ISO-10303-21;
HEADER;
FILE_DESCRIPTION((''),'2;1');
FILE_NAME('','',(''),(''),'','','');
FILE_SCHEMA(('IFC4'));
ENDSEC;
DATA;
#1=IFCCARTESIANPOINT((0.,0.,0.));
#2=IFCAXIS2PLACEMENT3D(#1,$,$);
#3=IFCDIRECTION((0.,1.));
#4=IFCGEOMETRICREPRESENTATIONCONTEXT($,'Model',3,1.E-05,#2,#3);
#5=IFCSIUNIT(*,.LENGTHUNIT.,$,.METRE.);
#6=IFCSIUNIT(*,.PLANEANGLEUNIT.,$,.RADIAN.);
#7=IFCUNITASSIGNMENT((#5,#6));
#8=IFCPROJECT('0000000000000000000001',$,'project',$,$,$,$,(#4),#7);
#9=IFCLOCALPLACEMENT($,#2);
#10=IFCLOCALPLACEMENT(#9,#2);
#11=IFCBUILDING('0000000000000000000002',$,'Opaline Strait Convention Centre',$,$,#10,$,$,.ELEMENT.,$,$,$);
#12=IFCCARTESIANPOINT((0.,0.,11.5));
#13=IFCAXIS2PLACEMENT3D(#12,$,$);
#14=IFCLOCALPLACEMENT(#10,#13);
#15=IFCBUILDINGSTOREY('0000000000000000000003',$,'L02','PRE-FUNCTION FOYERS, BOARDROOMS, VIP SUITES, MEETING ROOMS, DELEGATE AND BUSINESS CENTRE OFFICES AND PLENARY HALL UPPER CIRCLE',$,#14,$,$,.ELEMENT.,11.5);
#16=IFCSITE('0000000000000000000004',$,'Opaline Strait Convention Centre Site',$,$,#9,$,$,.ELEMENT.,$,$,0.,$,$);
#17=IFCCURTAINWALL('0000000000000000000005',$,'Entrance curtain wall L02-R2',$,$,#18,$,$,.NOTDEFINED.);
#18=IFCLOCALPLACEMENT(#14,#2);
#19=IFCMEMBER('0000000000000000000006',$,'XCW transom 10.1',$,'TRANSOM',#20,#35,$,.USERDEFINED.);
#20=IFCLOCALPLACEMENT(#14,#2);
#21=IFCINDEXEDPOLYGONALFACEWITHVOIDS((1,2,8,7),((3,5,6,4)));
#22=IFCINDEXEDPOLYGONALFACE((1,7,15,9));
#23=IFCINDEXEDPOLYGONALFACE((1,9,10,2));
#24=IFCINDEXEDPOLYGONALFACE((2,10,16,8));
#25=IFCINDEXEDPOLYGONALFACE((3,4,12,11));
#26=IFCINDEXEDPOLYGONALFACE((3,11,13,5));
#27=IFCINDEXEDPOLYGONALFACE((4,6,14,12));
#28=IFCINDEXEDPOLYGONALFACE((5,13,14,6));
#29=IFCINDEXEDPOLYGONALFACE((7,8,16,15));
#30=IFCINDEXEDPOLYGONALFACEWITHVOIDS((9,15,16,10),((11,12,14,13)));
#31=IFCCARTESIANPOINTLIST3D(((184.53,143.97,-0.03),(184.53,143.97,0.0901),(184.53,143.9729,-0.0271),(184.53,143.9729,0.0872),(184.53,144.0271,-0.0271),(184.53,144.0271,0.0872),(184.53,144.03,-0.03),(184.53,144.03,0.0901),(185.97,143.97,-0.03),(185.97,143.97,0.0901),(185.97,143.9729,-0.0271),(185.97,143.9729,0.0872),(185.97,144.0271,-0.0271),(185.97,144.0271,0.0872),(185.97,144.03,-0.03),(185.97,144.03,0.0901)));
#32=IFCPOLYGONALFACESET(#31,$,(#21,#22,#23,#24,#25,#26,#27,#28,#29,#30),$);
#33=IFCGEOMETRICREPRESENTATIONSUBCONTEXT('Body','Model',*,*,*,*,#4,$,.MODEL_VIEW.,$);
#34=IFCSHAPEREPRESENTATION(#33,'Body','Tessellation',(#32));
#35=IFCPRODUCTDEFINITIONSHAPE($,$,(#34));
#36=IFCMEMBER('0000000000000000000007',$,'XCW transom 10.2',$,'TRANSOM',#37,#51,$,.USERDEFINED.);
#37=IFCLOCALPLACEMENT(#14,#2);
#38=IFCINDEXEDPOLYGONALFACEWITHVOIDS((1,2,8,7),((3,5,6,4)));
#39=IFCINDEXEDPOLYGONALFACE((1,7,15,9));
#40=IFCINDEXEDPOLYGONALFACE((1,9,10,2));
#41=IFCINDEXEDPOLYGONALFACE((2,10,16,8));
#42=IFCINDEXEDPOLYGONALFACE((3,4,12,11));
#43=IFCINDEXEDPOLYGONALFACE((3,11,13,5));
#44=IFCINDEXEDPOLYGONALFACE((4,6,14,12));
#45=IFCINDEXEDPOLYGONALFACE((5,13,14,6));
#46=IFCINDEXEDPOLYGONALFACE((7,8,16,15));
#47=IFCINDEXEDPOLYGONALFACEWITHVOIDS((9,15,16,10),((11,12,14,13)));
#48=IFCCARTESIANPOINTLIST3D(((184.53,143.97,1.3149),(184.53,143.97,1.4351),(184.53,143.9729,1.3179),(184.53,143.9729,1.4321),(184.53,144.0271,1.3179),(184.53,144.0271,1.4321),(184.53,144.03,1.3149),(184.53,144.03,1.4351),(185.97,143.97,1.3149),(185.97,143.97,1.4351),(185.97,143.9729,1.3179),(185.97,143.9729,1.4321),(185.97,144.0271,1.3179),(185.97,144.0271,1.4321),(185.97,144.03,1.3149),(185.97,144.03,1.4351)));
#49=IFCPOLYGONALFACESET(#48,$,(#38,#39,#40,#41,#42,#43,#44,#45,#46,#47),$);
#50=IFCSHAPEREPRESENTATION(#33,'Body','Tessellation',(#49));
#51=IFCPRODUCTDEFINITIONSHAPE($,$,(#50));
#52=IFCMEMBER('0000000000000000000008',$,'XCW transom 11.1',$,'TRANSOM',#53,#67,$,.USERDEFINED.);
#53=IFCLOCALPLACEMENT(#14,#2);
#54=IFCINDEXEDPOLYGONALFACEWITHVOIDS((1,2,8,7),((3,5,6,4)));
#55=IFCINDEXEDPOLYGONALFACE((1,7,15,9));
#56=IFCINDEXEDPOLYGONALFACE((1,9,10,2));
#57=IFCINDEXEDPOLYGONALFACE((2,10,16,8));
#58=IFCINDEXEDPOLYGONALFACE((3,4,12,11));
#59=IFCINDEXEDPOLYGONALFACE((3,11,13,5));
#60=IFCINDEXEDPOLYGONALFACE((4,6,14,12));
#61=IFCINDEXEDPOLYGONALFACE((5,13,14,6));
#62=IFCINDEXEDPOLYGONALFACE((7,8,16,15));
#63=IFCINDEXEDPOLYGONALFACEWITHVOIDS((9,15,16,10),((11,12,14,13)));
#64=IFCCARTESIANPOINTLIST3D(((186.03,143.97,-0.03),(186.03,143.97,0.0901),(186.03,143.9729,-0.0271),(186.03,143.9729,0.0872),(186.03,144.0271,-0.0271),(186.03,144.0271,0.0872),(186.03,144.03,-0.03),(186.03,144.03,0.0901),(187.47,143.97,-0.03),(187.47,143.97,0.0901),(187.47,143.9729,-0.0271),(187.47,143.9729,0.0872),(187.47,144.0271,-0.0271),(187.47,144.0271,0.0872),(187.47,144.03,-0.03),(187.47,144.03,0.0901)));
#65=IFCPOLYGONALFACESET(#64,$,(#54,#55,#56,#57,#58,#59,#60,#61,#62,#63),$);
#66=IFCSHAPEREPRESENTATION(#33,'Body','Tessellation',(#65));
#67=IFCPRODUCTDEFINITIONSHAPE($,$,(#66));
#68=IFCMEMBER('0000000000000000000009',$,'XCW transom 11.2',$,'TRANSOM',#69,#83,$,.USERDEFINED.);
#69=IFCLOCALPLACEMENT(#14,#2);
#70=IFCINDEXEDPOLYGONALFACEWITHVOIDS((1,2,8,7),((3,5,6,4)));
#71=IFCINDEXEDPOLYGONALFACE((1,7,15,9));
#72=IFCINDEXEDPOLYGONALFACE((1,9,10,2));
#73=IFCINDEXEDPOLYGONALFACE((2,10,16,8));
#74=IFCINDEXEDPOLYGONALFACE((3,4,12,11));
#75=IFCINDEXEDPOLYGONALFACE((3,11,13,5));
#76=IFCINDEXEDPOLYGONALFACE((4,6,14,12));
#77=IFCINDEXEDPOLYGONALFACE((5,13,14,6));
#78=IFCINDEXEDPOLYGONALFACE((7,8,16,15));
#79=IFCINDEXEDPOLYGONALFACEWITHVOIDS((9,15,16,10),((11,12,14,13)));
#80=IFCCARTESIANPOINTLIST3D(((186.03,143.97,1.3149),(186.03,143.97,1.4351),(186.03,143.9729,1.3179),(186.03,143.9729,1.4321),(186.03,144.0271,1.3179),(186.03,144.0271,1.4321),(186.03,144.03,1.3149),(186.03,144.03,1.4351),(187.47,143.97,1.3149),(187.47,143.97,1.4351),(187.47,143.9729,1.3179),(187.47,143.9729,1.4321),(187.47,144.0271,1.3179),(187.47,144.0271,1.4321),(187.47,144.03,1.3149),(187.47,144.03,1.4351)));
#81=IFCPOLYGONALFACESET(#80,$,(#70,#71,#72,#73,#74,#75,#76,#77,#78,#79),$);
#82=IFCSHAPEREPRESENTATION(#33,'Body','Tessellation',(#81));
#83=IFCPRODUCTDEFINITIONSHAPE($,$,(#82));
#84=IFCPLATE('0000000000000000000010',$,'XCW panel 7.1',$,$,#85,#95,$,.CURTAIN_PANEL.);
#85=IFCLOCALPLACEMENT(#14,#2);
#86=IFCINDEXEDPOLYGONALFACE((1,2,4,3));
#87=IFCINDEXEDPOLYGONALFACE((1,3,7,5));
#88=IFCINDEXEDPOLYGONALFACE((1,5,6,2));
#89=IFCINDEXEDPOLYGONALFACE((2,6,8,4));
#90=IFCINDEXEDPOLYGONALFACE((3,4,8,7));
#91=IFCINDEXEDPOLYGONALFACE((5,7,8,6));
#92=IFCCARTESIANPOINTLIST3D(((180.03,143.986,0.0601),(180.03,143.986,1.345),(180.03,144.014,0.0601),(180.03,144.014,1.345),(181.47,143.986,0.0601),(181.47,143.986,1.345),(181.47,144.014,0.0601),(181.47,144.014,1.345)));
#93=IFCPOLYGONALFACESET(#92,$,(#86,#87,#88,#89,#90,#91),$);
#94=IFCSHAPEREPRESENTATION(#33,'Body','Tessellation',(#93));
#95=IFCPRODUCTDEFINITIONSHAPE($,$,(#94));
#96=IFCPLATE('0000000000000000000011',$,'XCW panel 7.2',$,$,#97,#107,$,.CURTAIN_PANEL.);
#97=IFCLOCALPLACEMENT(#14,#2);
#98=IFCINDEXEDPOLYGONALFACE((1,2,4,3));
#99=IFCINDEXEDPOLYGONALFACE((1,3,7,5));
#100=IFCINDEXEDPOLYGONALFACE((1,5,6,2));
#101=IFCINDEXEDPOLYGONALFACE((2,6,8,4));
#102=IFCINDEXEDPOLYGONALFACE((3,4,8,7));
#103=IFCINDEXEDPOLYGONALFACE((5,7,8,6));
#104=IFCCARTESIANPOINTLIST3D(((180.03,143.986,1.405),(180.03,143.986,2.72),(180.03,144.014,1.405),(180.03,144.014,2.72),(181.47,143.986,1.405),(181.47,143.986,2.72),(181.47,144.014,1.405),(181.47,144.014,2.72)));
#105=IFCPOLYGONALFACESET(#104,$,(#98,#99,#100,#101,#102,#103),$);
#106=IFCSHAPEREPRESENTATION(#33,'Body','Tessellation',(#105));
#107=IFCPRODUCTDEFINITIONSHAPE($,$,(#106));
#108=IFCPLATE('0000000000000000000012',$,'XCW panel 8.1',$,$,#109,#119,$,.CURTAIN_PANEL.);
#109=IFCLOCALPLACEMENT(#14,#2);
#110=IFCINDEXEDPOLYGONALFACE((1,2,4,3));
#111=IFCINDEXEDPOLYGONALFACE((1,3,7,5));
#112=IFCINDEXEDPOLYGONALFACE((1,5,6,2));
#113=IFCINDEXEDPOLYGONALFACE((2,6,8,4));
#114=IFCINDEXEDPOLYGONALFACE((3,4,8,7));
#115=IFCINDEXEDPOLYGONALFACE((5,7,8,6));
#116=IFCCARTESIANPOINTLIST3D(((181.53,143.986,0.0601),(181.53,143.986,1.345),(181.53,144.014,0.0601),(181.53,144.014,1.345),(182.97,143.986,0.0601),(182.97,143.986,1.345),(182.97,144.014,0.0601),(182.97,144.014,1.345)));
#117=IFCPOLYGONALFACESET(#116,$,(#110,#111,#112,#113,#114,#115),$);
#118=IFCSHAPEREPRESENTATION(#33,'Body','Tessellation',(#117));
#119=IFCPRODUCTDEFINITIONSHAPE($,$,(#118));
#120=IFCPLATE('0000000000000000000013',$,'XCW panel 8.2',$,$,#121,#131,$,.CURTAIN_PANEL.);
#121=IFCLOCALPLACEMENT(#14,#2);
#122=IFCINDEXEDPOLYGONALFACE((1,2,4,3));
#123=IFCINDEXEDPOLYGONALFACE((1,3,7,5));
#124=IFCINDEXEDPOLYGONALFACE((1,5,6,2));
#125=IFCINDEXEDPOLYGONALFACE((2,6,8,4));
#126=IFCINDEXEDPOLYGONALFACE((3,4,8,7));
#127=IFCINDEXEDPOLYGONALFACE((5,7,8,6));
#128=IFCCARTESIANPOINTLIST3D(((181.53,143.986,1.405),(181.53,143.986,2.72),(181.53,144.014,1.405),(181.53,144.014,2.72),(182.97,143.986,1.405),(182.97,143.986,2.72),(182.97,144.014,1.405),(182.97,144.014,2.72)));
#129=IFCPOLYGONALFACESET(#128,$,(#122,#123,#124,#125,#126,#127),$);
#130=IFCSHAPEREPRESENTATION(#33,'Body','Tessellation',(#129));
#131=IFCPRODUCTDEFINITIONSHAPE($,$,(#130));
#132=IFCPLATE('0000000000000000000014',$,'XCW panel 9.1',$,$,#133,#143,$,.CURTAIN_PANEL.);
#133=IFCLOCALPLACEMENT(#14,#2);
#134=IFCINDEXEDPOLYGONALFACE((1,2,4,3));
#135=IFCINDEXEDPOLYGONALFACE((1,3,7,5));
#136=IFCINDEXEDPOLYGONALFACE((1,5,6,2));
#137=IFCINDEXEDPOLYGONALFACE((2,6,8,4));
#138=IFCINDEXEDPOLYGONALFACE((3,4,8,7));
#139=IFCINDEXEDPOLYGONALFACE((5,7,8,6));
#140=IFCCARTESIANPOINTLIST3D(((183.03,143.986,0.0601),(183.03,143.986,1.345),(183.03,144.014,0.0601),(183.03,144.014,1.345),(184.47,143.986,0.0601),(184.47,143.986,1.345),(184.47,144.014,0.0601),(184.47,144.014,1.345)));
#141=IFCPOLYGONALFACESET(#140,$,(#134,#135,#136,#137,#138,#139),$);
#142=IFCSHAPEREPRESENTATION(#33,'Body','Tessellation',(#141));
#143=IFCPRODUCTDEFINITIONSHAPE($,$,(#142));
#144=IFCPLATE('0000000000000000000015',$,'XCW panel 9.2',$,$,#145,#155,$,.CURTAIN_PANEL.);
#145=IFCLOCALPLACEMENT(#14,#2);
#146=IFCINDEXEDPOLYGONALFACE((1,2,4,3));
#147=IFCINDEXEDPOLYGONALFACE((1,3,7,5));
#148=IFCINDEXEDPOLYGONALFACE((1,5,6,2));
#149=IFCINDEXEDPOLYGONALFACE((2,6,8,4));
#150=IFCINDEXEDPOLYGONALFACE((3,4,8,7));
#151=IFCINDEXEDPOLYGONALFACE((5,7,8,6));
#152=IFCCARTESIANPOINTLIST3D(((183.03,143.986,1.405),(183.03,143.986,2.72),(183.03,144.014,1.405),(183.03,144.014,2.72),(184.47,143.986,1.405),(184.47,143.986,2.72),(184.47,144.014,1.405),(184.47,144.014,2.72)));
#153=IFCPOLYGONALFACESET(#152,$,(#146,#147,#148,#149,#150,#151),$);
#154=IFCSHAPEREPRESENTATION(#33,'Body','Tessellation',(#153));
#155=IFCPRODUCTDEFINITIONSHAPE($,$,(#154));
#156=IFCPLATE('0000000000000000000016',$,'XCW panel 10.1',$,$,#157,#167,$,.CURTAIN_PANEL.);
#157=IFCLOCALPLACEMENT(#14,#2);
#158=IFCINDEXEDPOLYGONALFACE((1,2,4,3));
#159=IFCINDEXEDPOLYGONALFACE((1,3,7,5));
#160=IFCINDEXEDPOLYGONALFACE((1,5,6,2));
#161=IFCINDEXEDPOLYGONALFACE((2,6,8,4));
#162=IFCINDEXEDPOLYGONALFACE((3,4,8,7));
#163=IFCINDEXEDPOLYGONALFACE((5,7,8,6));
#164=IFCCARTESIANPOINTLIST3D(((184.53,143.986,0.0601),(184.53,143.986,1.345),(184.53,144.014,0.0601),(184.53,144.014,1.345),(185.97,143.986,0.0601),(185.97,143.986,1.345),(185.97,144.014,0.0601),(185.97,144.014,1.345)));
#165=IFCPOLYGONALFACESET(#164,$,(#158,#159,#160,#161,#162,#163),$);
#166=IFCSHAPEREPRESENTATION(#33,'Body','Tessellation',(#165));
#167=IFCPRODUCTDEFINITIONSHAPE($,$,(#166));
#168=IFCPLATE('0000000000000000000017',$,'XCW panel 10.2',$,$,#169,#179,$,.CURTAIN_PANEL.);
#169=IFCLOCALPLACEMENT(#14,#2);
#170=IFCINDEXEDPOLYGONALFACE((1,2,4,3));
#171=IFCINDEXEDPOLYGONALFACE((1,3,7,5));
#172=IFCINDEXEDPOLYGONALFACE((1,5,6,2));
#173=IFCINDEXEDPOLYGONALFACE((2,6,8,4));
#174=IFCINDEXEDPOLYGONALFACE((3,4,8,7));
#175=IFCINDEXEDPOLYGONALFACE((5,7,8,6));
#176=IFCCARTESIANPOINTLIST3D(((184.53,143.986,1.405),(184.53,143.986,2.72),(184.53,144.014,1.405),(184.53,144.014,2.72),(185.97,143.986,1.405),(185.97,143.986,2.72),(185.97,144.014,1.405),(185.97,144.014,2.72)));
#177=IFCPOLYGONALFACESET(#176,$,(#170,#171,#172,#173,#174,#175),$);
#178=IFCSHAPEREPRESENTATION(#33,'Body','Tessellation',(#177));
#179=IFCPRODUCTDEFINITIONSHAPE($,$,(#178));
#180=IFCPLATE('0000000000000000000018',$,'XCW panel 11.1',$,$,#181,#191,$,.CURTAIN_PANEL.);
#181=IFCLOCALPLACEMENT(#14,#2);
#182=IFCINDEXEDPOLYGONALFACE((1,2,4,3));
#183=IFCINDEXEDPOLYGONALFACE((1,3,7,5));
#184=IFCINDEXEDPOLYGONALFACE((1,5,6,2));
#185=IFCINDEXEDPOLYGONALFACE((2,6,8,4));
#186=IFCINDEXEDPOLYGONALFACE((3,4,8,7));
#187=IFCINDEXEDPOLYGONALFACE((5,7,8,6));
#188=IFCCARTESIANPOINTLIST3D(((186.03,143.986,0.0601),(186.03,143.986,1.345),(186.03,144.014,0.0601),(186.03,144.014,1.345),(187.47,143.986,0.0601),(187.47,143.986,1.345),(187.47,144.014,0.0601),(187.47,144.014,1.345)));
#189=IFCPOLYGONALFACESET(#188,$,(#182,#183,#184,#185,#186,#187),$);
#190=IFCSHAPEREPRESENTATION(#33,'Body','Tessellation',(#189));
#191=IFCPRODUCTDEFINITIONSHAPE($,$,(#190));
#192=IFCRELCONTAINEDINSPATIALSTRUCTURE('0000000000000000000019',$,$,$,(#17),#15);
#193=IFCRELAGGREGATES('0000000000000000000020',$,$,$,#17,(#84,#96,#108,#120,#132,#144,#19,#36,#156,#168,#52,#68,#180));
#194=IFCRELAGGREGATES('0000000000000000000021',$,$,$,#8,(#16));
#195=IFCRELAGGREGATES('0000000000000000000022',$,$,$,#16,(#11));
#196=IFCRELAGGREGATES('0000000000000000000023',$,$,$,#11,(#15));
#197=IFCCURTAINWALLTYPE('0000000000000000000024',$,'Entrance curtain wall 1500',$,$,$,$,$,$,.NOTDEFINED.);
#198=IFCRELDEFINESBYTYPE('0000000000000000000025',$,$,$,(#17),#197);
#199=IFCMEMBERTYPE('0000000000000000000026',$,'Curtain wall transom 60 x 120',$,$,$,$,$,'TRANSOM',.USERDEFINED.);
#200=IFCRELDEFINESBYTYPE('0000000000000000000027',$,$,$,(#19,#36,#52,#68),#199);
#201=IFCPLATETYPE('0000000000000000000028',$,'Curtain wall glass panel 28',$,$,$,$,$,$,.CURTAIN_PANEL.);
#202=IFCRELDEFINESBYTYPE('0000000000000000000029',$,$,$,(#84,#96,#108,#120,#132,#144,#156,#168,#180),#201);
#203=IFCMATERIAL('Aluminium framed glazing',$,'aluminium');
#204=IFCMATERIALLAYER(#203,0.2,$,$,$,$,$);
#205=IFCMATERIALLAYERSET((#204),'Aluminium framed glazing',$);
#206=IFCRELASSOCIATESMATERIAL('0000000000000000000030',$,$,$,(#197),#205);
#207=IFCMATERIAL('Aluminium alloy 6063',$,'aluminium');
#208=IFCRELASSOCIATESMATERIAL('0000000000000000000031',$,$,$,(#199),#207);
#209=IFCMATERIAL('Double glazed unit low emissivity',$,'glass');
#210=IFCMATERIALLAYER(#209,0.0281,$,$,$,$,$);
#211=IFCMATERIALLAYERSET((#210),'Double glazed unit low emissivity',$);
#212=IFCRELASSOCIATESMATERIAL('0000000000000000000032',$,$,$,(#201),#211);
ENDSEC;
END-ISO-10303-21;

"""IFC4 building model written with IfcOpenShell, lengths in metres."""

from ifc_helpers import new_model, si_unit, direction, frame, origin, origin_2d, place, context, subcontext, project, spatial, rectangle, hollow_rectangle, extrude, material, layer, layer_set, material_profile, profile_set, type_object, element, aggregate, save


model = new_model("IFC4")

# Units and contexts
model_context = context("Model", 3, precision=1e-05, world=origin(), true_north=direction((0.0, 1.0)))
body_context = subcontext(model_context, "Body", "Model", "MODEL_VIEW")
ifc_project = project(units=[si_unit("LENGTHUNIT", "METRE"), si_unit("PLANEANGLEUNIT", "RADIAN")], contexts=[model_context])

# Site, building, storey
site_placement = place(None, origin())
site = spatial("IfcSite", under=ifc_project, at=site_placement, Name="Opaline Strait Convention Centre Site", CompositionType="ELEMENT", RefElevation=0.0)
building_placement = place(site_placement, origin())
building = spatial("IfcBuilding", under=site, at=building_placement, Name="Opaline Strait Convention Centre", CompositionType="ELEMENT")
storey_placement = place(building_placement, frame((0.0, 0.0, 11.5)))
storey = spatial("IfcBuildingStorey", under=building, at=storey_placement, Name="L02", Description="PRE-FUNCTION FOYERS, BOARDROOMS, VIP SUITES, MEETING ROOMS, DELEGATE AND BUSINESS CENTRE OFFICES AND PLENARY HALL UPPER CIRCLE", CompositionType="ELEMENT", Elevation=11.5)

# Curtain wall, members, plates
ifc_material_1 = material(Name="Aluminium framed glazing", Category="aluminium")
ifc_layer_1 = layer(ifc_material_1, 0.2)
ifc_layer_set_1 = layer_set([ifc_layer_1], Name="Aluminium framed glazing")
curtain_wall_type = type_object("IfcCurtainWallType", Name="Entrance curtain wall 1500", PredefinedType="NOTDEFINED", material=ifc_layer_set_1)
curtain_wall_placement = place(storey_placement, origin())
curtain_wall = element("IfcCurtainWall", 1, at=curtain_wall_placement, inside=storey, type_object=curtain_wall_type, Name="Entrance curtain wall L02-R2", PredefinedType="NOTDEFINED")
ifc_material_2 = material(Name="Aluminium alloy 6063", Category="aluminium")
ifc_material_profile_1 = material_profile(ifc_material_2, hollow_rectangle(XDim=0.0601, YDim=0.1201, WallThickness=0.0029, at=origin_2d()), Name="TRANSOM 60x120x3")
ifc_profile_set_1 = profile_set([ifc_material_profile_1], Name="Aluminium alloy 6063")
member_type_1 = type_object("IfcMemberType", Name="Curtain wall transom 60 x 120", ElementType="TRANSOM", PredefinedType="USERDEFINED", material=ifc_profile_set_1)
member_1_placement = place(storey_placement, frame((184.53, 144.0, 0.03), z_axis=(1.0, 0.0, 0.0), x_axis=(0.0, 1.0, 0.0)))
member_1 = element("IfcMember", 2, at=member_1_placement, type_object=member_type_1, Name="XCW transom 10.1", ObjectType="TRANSOM", PredefinedType="USERDEFINED", context=body_context, shape_type="SweptSolid", body=[
    extrude(hollow_rectangle(XDim=0.0601, YDim=0.1201, WallThickness=0.0029, at=origin_2d()), origin(), (0.0, 0.0, 1.0), 1.4399),
])
member_2_placement = place(storey_placement, frame((184.53, 144.0, 1.375), z_axis=(1.0, 0.0, 0.0), x_axis=(0.0, 1.0, 0.0)))
member_2 = element("IfcMember", 3, at=member_2_placement, type_object=member_type_1, Name="XCW transom 10.2", ObjectType="TRANSOM", PredefinedType="USERDEFINED", context=body_context, shape_type="SweptSolid", body=[
    extrude(hollow_rectangle(XDim=0.0601, YDim=0.1201, WallThickness=0.0029, at=origin_2d()), origin(), (0.0, 0.0, 1.0), 1.4399),
])
member_3_placement = place(storey_placement, frame((186.03, 144.0, 0.03), z_axis=(1.0, 0.0, 0.0), x_axis=(0.0, 1.0, 0.0)))
member_3 = element("IfcMember", 4, at=member_3_placement, type_object=member_type_1, Name="XCW transom 11.1", ObjectType="TRANSOM", PredefinedType="USERDEFINED", context=body_context, shape_type="SweptSolid", body=[
    extrude(hollow_rectangle(XDim=0.0601, YDim=0.1201, WallThickness=0.0029, at=origin_2d()), origin(), (0.0, 0.0, 1.0), 1.4399),
])
member_4_placement = place(storey_placement, frame((186.03, 144.0, 1.375), z_axis=(1.0, 0.0, 0.0), x_axis=(0.0, 1.0, 0.0)))
member_4 = element("IfcMember", 5, at=member_4_placement, type_object=member_type_1, Name="XCW transom 11.2", ObjectType="TRANSOM", PredefinedType="USERDEFINED", context=body_context, shape_type="SweptSolid", body=[
    extrude(hollow_rectangle(XDim=0.0601, YDim=0.1201, WallThickness=0.0029, at=origin_2d()), origin(), (0.0, 0.0, 1.0), 1.4399),
])
ifc_material_3 = material(Name="Double glazed unit low emissivity", Category="glass")
ifc_layer_2 = layer(ifc_material_3, 0.0281)
ifc_layer_set_2 = layer_set([ifc_layer_2], Name="Double glazed unit low emissivity")
plate_type = type_object("IfcPlateType", Name="Curtain wall glass panel 28", PredefinedType="CURTAIN_PANEL", material=ifc_layer_set_2)
plate_1_placement = place(storey_placement, frame((180.75, 144.0, 0.0601), z_axis=(0.0, 0.0, 1.0), x_axis=(1.0, 0.0, 0.0)))
plate_1 = element("IfcPlate", 6, at=plate_1_placement, type_object=plate_type, Name="XCW panel 7.1", PredefinedType="CURTAIN_PANEL", context=body_context, shape_type="SweptSolid", body=[
    extrude(rectangle(XDim=1.4399, YDim=0.0281, at=origin_2d()), origin(), (0.0, 0.0, 1.0), 1.2849),
])
plate_2_placement = place(storey_placement, frame((180.75, 144.0, 1.405), z_axis=(0.0, 0.0, 1.0), x_axis=(1.0, 0.0, 0.0)))
plate_2 = element("IfcPlate", 7, at=plate_2_placement, type_object=plate_type, Name="XCW panel 7.2", PredefinedType="CURTAIN_PANEL", context=body_context, shape_type="SweptSolid", body=[
    extrude(rectangle(XDim=1.4399, YDim=0.0281, at=origin_2d()), origin(), (0.0, 0.0, 1.0), 1.3149),
])
plate_3_placement = place(storey_placement, frame((182.25, 144.0, 0.0601), z_axis=(0.0, 0.0, 1.0), x_axis=(1.0, 0.0, 0.0)))
plate_3 = element("IfcPlate", 8, at=plate_3_placement, type_object=plate_type, Name="XCW panel 8.1", PredefinedType="CURTAIN_PANEL", context=body_context, shape_type="SweptSolid", body=[
    extrude(rectangle(XDim=1.4399, YDim=0.0281, at=origin_2d()), origin(), (0.0, 0.0, 1.0), 1.2849),
])
plate_4_placement = place(storey_placement, frame((182.25, 144.0, 1.405), z_axis=(0.0, 0.0, 1.0), x_axis=(1.0, 0.0, 0.0)))
plate_4 = element("IfcPlate", 9, at=plate_4_placement, type_object=plate_type, Name="XCW panel 8.2", PredefinedType="CURTAIN_PANEL", context=body_context, shape_type="SweptSolid", body=[
    extrude(rectangle(XDim=1.4399, YDim=0.0281, at=origin_2d()), origin(), (0.0, 0.0, 1.0), 1.3149),
])
plate_5_placement = place(storey_placement, frame((183.75, 144.0, 0.0601), z_axis=(0.0, 0.0, 1.0), x_axis=(1.0, 0.0, 0.0)))
plate_5 = element("IfcPlate", 10, at=plate_5_placement, type_object=plate_type, Name="XCW panel 9.1", PredefinedType="CURTAIN_PANEL", context=body_context, shape_type="SweptSolid", body=[
    extrude(rectangle(XDim=1.4399, YDim=0.0281, at=origin_2d()), origin(), (0.0, 0.0, 1.0), 1.2849),
])
plate_6_placement = place(storey_placement, frame((183.75, 144.0, 1.405), z_axis=(0.0, 0.0, 1.0), x_axis=(1.0, 0.0, 0.0)))
plate_6 = element("IfcPlate", 11, at=plate_6_placement, type_object=plate_type, Name="XCW panel 9.2", PredefinedType="CURTAIN_PANEL", context=body_context, shape_type="SweptSolid", body=[
    extrude(rectangle(XDim=1.4399, YDim=0.0281, at=origin_2d()), origin(), (0.0, 0.0, 1.0), 1.3149),
])
plate_7_placement = place(storey_placement, frame((185.25, 144.0, 0.0601), z_axis=(0.0, 0.0, 1.0), x_axis=(1.0, 0.0, 0.0)))
plate_7 = element("IfcPlate", 12, at=plate_7_placement, type_object=plate_type, Name="XCW panel 10.1", PredefinedType="CURTAIN_PANEL", context=body_context, shape_type="SweptSolid", body=[
    extrude(rectangle(XDim=1.4399, YDim=0.0281, at=origin_2d()), origin(), (0.0, 0.0, 1.0), 1.2849),
])
plate_8_placement = place(storey_placement, frame((185.25, 144.0, 1.405), z_axis=(0.0, 0.0, 1.0), x_axis=(1.0, 0.0, 0.0)))
plate_8 = element("IfcPlate", 13, at=plate_8_placement, type_object=plate_type, Name="XCW panel 10.2", PredefinedType="CURTAIN_PANEL", context=body_context, shape_type="SweptSolid", body=[
    extrude(rectangle(XDim=1.4399, YDim=0.0281, at=origin_2d()), origin(), (0.0, 0.0, 1.0), 1.3149),
])
plate_9_placement = place(storey_placement, frame((186.75, 144.0, 0.0601), z_axis=(0.0, 0.0, 1.0), x_axis=(1.0, 0.0, 0.0)))
plate_9 = element("IfcPlate", 14, at=plate_9_placement, type_object=plate_type, Name="XCW panel 11.1", PredefinedType="CURTAIN_PANEL", context=body_context, shape_type="SweptSolid", body=[
    extrude(rectangle(XDim=1.4399, YDim=0.0281, at=origin_2d()), origin(), (0.0, 0.0, 1.0), 1.2849),
])
aggregate(curtain_wall, [plate_1, plate_2, plate_3, plate_4, plate_5, plate_6, member_1, member_2, plate_7, plate_8, member_3, member_4, plate_9])

save(model, "model.ifc")
